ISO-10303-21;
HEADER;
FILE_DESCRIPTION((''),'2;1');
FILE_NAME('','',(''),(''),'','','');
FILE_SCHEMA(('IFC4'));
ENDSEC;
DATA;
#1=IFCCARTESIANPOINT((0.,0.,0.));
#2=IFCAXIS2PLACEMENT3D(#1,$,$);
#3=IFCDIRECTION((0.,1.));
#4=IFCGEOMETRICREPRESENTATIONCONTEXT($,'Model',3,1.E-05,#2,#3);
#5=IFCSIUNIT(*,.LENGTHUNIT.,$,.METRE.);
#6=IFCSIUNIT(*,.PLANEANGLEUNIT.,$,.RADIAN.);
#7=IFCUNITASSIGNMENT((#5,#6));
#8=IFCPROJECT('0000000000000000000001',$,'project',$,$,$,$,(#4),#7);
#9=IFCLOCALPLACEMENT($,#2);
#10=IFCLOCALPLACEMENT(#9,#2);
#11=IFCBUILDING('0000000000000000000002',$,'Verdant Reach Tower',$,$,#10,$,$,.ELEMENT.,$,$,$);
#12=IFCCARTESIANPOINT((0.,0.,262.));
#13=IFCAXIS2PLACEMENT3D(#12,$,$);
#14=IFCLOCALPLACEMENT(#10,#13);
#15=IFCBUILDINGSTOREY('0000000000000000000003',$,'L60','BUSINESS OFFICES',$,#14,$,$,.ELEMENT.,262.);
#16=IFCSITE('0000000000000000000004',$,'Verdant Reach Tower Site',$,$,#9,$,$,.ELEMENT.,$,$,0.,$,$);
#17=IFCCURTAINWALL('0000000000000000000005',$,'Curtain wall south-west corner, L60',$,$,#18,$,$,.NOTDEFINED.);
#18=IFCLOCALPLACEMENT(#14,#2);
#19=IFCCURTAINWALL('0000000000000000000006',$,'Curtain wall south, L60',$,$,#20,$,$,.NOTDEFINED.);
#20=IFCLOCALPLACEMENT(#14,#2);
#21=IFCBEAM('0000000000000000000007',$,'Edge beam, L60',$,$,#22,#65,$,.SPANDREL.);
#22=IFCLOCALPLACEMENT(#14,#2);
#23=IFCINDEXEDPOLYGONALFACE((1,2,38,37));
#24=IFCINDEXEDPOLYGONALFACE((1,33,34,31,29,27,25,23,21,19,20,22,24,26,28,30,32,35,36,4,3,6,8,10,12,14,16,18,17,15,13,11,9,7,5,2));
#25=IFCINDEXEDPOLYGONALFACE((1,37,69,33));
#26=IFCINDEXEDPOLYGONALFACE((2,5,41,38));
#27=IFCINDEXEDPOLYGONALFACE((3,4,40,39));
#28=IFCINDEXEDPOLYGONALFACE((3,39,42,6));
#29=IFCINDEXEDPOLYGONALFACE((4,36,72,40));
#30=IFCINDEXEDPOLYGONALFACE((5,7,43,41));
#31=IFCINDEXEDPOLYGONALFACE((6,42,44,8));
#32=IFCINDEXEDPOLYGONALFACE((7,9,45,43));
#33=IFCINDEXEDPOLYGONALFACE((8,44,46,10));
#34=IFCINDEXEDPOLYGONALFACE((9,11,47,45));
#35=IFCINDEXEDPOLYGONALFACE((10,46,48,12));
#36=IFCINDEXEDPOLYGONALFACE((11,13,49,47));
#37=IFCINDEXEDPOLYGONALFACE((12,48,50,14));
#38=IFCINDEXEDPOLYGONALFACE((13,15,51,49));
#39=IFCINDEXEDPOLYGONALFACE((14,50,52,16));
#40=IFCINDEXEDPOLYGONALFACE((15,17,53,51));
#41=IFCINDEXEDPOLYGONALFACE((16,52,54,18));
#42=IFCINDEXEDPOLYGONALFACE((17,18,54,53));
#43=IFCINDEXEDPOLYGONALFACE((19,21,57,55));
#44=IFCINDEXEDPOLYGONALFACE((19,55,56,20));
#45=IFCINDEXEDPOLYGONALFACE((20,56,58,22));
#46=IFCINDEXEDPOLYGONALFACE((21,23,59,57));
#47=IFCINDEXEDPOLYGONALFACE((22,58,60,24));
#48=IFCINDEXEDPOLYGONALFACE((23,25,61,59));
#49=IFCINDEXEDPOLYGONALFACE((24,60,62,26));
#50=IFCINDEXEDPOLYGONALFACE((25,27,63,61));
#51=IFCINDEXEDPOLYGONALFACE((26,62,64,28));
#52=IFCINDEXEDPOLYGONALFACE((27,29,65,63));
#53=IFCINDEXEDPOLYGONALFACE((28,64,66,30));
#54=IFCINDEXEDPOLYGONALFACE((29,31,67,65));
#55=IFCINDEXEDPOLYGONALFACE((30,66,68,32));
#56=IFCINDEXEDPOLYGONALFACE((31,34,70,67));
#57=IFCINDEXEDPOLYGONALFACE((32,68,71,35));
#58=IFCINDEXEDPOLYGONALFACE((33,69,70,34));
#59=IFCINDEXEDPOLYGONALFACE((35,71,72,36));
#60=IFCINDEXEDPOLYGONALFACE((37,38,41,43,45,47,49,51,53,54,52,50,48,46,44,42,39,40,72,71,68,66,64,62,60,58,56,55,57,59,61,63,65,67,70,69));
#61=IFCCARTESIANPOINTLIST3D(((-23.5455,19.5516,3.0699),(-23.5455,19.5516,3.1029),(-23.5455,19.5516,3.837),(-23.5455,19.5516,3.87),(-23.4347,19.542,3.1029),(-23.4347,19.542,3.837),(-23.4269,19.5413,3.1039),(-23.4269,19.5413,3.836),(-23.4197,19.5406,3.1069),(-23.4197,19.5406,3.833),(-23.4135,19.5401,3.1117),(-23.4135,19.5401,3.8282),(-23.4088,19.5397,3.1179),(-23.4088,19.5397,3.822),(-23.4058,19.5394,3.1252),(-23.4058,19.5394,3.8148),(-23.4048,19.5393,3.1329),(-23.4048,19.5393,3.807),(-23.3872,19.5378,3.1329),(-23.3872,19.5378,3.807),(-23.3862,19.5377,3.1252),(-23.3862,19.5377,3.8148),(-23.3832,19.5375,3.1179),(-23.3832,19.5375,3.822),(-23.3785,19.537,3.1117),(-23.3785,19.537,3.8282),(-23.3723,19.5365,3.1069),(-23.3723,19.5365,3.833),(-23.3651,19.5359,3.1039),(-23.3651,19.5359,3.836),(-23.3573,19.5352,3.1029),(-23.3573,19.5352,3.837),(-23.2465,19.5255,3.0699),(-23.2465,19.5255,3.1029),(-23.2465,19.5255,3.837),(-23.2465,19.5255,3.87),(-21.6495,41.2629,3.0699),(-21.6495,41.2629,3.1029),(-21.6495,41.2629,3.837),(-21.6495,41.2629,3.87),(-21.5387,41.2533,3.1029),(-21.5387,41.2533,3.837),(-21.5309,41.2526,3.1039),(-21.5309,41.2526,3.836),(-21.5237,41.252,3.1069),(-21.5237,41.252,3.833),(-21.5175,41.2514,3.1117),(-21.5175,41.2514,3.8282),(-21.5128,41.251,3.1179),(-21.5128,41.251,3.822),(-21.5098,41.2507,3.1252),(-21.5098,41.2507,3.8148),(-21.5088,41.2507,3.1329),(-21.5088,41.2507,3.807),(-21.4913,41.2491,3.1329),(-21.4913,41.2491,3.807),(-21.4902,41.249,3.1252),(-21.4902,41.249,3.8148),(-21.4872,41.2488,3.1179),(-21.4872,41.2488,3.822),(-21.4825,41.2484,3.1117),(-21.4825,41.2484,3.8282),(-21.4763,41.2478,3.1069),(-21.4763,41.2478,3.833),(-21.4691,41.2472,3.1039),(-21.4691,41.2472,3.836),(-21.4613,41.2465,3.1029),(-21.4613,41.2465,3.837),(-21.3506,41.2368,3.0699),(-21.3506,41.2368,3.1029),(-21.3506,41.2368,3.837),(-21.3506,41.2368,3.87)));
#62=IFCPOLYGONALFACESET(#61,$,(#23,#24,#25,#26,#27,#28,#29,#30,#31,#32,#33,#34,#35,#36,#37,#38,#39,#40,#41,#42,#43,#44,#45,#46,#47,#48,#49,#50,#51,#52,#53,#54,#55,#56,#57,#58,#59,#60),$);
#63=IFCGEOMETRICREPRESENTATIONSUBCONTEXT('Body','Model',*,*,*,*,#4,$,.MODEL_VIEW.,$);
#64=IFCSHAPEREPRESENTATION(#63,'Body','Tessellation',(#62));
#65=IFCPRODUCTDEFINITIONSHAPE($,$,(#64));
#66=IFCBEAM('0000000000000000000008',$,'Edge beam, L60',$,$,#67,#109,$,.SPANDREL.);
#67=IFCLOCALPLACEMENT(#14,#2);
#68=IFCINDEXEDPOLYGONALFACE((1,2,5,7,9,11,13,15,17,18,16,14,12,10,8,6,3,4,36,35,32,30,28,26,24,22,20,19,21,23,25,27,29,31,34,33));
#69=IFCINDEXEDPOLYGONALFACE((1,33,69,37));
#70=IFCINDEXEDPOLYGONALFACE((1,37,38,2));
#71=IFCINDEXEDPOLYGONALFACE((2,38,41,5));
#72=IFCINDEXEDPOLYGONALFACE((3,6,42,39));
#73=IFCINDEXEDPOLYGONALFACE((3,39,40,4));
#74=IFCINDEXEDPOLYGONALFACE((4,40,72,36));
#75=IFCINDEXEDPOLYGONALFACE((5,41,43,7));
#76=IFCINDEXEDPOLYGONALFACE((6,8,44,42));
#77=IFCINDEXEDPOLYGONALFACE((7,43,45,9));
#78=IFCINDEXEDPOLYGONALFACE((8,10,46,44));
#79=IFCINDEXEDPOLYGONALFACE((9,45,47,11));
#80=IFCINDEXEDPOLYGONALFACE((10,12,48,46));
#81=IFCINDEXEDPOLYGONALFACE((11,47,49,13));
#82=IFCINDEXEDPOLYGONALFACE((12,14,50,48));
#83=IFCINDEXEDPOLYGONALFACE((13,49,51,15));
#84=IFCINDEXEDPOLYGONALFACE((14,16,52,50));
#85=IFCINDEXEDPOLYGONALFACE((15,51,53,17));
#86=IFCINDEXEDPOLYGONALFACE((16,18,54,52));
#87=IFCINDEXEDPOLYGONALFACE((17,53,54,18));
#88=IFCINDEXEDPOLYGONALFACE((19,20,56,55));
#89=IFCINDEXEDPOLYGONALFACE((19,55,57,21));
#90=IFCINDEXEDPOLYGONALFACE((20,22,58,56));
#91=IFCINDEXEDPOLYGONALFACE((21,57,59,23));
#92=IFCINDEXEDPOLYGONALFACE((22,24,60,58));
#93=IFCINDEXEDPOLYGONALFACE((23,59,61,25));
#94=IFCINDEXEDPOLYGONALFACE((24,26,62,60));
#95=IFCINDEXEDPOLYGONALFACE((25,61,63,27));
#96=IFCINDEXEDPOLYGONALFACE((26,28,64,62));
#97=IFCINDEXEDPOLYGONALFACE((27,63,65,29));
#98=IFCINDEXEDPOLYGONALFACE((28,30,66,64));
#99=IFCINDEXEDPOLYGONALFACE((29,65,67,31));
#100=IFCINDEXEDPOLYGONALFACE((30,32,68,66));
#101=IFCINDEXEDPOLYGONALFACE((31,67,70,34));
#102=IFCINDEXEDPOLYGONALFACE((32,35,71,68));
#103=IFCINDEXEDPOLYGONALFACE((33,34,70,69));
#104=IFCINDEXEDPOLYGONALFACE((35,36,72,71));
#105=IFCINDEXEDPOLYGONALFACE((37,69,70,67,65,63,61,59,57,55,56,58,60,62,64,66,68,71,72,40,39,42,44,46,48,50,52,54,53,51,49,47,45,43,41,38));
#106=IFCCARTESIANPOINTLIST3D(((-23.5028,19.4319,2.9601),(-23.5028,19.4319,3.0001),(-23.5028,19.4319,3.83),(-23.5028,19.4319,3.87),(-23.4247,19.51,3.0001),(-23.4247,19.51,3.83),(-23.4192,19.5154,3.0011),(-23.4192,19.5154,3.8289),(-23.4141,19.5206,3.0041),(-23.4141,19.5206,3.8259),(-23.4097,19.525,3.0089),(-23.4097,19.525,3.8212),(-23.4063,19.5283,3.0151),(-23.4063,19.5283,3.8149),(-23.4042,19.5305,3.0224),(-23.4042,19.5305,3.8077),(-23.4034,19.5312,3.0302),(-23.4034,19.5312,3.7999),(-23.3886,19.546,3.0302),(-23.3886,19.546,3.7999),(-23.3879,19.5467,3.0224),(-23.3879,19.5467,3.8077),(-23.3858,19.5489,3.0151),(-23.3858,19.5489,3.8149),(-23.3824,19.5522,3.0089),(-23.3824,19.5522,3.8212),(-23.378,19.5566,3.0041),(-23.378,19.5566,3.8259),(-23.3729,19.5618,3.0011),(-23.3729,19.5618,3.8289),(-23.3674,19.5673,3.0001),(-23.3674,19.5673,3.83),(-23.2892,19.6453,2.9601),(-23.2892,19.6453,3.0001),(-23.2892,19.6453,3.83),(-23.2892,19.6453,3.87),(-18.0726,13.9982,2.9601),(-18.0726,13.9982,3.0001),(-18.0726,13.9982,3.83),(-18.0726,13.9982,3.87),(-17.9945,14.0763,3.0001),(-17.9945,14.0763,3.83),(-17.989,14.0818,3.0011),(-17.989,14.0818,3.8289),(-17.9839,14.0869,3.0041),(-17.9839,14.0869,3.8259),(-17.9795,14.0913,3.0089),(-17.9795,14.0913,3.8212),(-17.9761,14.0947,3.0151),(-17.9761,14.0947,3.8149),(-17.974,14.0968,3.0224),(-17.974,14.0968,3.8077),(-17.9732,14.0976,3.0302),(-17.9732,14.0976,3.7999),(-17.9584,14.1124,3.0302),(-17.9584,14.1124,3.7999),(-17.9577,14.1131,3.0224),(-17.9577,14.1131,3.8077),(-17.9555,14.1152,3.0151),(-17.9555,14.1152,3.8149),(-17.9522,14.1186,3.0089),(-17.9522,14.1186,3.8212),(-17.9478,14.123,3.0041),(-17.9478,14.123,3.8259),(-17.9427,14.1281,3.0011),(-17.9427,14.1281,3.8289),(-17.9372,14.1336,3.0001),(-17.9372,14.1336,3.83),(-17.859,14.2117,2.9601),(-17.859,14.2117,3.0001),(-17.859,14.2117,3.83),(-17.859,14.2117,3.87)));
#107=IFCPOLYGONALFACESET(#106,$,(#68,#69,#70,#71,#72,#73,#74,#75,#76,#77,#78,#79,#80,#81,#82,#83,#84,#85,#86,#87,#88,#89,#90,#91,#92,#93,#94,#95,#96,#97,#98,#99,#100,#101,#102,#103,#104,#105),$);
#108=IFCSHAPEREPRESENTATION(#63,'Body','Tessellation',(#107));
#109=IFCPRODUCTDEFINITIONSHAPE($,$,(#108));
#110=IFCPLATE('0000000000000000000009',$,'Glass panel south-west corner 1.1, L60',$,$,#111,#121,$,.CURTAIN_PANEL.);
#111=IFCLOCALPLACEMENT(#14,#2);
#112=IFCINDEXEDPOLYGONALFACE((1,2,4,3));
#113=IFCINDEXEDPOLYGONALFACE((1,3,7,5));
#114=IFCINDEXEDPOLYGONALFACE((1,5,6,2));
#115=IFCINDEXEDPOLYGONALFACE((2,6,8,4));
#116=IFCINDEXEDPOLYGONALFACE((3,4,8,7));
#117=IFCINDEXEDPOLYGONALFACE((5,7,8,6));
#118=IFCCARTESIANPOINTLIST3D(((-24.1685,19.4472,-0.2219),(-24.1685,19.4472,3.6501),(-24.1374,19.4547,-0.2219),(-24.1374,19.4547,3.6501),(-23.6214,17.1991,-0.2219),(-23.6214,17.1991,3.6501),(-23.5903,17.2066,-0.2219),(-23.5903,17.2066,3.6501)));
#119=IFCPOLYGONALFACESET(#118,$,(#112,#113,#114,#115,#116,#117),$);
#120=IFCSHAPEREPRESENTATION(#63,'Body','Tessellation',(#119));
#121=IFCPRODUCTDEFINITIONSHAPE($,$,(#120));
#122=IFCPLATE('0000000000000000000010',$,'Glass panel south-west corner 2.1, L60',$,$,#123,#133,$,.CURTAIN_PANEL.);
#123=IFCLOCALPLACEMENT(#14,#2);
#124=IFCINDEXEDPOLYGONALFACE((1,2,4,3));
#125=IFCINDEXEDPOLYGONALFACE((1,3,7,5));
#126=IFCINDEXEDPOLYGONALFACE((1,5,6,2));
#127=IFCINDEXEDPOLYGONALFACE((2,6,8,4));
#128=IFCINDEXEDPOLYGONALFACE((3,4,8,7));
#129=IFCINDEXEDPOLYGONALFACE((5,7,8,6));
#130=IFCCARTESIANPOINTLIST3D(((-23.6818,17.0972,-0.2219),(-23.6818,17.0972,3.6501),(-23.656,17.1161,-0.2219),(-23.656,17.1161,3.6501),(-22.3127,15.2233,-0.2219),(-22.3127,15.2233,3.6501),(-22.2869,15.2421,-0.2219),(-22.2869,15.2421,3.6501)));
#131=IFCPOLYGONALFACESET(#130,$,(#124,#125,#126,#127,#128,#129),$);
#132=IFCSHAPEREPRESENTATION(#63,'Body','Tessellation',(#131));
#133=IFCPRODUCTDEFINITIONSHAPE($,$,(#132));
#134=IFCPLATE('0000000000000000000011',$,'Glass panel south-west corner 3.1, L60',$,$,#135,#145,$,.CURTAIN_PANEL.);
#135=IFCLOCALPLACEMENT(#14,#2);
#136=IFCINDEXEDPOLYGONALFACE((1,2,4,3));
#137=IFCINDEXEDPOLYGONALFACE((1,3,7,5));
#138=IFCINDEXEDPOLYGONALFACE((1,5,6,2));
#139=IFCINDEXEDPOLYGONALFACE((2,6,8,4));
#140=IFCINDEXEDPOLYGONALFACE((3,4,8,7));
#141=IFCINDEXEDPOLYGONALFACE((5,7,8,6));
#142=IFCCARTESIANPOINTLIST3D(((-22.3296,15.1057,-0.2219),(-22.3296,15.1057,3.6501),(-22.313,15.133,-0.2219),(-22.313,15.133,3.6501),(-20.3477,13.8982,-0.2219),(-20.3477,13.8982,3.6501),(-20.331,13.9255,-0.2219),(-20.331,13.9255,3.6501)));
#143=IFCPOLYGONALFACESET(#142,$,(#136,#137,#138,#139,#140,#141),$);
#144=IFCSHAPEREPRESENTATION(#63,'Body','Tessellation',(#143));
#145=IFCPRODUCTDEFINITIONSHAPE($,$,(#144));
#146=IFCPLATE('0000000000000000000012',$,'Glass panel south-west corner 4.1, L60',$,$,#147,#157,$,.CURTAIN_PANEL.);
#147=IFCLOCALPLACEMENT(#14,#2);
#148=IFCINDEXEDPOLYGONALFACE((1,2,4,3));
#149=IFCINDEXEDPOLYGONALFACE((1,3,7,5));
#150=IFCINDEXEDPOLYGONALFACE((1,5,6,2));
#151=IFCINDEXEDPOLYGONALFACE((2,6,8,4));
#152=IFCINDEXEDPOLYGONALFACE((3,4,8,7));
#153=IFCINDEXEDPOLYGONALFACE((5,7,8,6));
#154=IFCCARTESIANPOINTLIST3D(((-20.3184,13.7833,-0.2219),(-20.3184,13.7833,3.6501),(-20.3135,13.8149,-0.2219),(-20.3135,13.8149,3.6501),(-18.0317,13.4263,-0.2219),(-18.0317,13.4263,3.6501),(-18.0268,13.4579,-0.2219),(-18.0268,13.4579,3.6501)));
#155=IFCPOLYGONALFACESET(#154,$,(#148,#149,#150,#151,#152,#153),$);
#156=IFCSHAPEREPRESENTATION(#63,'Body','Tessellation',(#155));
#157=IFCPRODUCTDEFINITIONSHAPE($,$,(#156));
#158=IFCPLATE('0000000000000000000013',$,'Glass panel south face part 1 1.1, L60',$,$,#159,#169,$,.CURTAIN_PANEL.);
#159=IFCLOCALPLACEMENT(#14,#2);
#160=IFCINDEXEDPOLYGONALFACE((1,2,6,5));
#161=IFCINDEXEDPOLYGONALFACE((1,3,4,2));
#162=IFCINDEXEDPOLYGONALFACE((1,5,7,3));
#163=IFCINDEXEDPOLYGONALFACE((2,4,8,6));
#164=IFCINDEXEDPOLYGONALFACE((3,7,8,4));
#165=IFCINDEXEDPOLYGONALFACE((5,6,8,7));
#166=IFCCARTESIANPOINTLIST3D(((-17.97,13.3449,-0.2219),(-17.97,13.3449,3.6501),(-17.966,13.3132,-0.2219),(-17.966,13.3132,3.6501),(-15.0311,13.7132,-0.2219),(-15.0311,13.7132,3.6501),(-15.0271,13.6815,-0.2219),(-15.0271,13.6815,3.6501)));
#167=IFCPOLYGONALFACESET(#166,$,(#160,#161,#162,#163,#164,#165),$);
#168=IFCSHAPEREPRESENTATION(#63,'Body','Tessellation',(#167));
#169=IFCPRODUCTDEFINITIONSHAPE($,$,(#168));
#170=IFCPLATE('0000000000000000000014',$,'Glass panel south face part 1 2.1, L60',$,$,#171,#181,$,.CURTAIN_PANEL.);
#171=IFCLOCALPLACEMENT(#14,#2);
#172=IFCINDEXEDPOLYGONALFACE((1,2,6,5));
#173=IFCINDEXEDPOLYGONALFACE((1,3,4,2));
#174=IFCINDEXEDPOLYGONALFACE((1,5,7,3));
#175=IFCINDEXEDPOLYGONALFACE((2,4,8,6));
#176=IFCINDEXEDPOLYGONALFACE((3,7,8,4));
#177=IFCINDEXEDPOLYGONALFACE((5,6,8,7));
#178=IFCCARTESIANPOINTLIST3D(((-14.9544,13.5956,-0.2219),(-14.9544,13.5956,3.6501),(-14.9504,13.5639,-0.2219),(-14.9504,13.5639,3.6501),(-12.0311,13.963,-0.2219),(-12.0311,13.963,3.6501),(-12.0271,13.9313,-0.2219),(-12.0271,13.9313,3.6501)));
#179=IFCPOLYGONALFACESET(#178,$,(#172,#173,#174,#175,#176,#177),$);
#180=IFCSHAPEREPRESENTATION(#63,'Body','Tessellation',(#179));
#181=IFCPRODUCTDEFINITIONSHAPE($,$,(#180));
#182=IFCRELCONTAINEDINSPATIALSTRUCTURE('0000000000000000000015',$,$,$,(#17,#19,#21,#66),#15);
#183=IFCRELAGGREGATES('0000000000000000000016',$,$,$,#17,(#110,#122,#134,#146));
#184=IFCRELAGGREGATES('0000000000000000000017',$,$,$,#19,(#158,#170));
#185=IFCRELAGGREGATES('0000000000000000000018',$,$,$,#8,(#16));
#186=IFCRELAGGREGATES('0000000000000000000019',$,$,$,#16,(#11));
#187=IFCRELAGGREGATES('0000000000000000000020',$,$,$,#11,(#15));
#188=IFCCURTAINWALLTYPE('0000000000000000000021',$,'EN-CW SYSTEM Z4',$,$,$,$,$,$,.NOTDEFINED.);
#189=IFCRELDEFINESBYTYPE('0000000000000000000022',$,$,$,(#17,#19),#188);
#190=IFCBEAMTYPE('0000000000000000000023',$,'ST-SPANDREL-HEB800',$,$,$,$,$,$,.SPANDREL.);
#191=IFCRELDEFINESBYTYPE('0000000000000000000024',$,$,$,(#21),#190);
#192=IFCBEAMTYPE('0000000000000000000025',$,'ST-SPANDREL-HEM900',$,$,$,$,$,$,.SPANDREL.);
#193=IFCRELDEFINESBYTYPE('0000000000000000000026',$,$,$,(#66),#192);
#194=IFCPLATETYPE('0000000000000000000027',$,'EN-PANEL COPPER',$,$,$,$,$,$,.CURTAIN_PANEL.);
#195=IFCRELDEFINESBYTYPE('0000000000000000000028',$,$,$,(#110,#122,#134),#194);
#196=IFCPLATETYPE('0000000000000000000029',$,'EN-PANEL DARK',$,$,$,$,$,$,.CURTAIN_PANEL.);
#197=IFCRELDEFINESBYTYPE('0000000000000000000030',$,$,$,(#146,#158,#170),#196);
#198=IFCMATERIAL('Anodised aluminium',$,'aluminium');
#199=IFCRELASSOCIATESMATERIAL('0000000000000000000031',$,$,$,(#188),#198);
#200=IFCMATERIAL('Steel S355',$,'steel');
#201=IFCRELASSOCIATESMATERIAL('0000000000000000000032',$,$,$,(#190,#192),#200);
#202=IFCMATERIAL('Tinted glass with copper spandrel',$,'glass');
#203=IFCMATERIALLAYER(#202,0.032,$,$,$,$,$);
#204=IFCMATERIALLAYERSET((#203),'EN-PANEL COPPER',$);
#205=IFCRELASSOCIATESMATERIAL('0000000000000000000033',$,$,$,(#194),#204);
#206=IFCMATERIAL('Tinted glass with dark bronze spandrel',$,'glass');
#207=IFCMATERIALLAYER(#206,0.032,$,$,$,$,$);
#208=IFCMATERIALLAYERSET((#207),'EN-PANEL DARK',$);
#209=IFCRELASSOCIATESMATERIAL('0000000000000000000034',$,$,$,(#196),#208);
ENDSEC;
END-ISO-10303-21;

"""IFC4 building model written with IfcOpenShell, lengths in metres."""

from ifc_helpers import new_model, si_unit, direction, frame, origin, origin_2d, place, context, subcontext, project, spatial, rectangle, i_section, extrude, material, layer, layer_set, material_profile, profile_set, type_object, element, aggregate, save


model = new_model("IFC4")

# Units and contexts
model_context = context("Model", 3, precision=1e-05, world=origin(), true_north=direction((0.0, 1.0)))
body_context = subcontext(model_context, "Body", "Model", "MODEL_VIEW")
ifc_project = project(units=[si_unit("LENGTHUNIT", "METRE"), si_unit("PLANEANGLEUNIT", "RADIAN")], contexts=[model_context])

# Site, building, storey
site_placement = place(None, origin())
site = spatial("IfcSite", under=ifc_project, at=site_placement, Name="Verdant Reach Tower Site", CompositionType="ELEMENT", RefElevation=0.0)
building_placement = place(site_placement, origin())
building = spatial("IfcBuilding", under=site, at=building_placement, Name="Verdant Reach Tower", CompositionType="ELEMENT")
storey_placement = place(building_placement, frame((0.0, 0.0, 262.0)))
storey = spatial("IfcBuildingStorey", under=building, at=storey_placement, Name="L60", Description="BUSINESS OFFICES", CompositionType="ELEMENT", Elevation=262.0)

# Curtain walls
ifc_material_1 = material(Name="Anodised aluminium", Category="aluminium")
curtain_wall_type = type_object("IfcCurtainWallType", Name="EN-CW SYSTEM Z4", PredefinedType="NOTDEFINED", material=ifc_material_1)
curtain_wall_1_placement = place(storey_placement, origin())
curtain_wall_1 = element("IfcCurtainWall", 1, at=curtain_wall_1_placement, inside=storey, type_object=curtain_wall_type, Name="Curtain wall south-west corner, L60", PredefinedType="NOTDEFINED")
curtain_wall_2_placement = place(storey_placement, origin())
curtain_wall_2 = element("IfcCurtainWall", 2, at=curtain_wall_2_placement, inside=storey, type_object=curtain_wall_type, Name="Curtain wall south, L60", PredefinedType="NOTDEFINED")

# Beams
ifc_material_2 = material(Name="Steel S355", Category="steel")
ifc_material_profile_1 = material_profile(ifc_material_2, i_section(OverallWidth=0.3, OverallDepth=0.8, WebThickness=0.0176, FlangeThickness=0.033, FilletRadius=0.03, at=origin_2d()), Name="HEB 800")
ifc_profile_set_1 = profile_set([ifc_material_profile_1], Name="Steel S355")
beam_type_1 = type_object("IfcBeamType", Name="ST-SPANDREL-HEB800", PredefinedType="SPANDREL", material=ifc_profile_set_1)
beam_1_placement = place(storey_placement, frame((-23.396, 19.5386, 3.47), z_axis=(0.086996, 0.996209, 0.0), x_axis=(-0.996209, 0.086996, 0.0)))
element("IfcBeam", 3, at=beam_1_placement, inside=storey, type_object=beam_type_1, Name="Edge beam, L60", PredefinedType="SPANDREL", context=body_context, shape_type="SweptSolid", body=[
    extrude(i_section(OverallWidth=0.3, OverallDepth=0.8, WebThickness=0.0176, FlangeThickness=0.033, FilletRadius=0.03, at=origin_2d()), origin(), (0.0, 0.0, 1.0), 21.7939),
])
ifc_material_profile_2 = material_profile(ifc_material_2, i_section(OverallWidth=0.302, OverallDepth=0.9099, WebThickness=0.021, FlangeThickness=0.04, FilletRadius=0.03, at=origin_2d()), Name="HEM 900")
ifc_profile_set_2 = profile_set([ifc_material_profile_2], Name="Steel S355")
beam_type_2 = type_object("IfcBeamType", Name="ST-SPANDREL-HEM900", PredefinedType="SPANDREL", material=ifc_profile_set_2)
beam_2_placement = place(storey_placement, frame((-17.9658, 14.105, 3.415), z_axis=(-0.706884, 0.707329, 0.0), x_axis=(-0.707329, -0.706884, 0.0)))
element("IfcBeam", 4, at=beam_2_placement, inside=storey, type_object=beam_type_2, Name="Edge beam, L60", PredefinedType="SPANDREL", context=body_context, shape_type="SweptSolid", body=[
    extrude(i_section(OverallWidth=0.302, OverallDepth=0.9099, WebThickness=0.021, FlangeThickness=0.04, FilletRadius=0.03, at=origin_2d()), origin(), (0.0, 0.0, 1.0), 7.6819),
])

# Plates
ifc_material_3 = material(Name="Tinted glass with copper spandrel", Category="glass")
ifc_layer_1 = layer(ifc_material_3, 0.032)
ifc_layer_set_1 = layer_set([ifc_layer_1], Name="EN-PANEL COPPER")
plate_type_1 = type_object("IfcPlateType", Name="EN-PANEL COPPER", PredefinedType="CURTAIN_PANEL", material=ifc_layer_set_1)
plate_1_placement = place(storey_placement, frame((-23.8794, 18.3269, -0.2219), z_axis=(0.0, 0.0, 1.0), x_axis=(0.236459, -0.971642, 0.0)))
plate_1 = element("IfcPlate", 5, at=plate_1_placement, type_object=plate_type_1, Name="Glass panel south-west corner 1.1, L60", PredefinedType="CURTAIN_PANEL", context=body_context, shape_type="SweptSolid", body=[
    extrude(rectangle(XDim=2.3137, YDim=0.032, at=origin_2d()), origin(), (0.0, 0.0, 1.0), 3.8721),
])
plate_2_placement = place(storey_placement, frame((-22.9844, 16.1697, -0.2219), z_axis=(0.0, 0.0, 1.0), x_axis=(0.589927, -0.807457, 0.0)))
plate_2 = element("IfcPlate", 6, at=plate_2_placement, type_object=plate_type_1, Name="Glass panel south-west corner 2.1, L60", PredefinedType="CURTAIN_PANEL", context=body_context, shape_type="SweptSolid", body=[
    extrude(rectangle(XDim=2.3208, YDim=0.032, at=origin_2d()), origin(), (0.0, 0.0, 1.0), 3.8721),
])
plate_3_placement = place(storey_placement, frame((-21.3303, 14.5156, -0.2219), z_axis=(0.0, 0.0, 1.0), x_axis=(0.853989, -0.520292, 0.0)))
plate_3 = element("IfcPlate", 7, at=plate_3_placement, type_object=plate_type_1, Name="Glass panel south-west corner 3.1, L60", PredefinedType="CURTAIN_PANEL", context=body_context, shape_type="SweptSolid", body=[
    extrude(rectangle(XDim=2.3208, YDim=0.032, at=origin_2d()), origin(), (0.0, 0.0, 1.0), 3.8721),
])
ifc_material_4 = material(Name="Tinted glass with dark bronze spandrel", Category="glass")
ifc_layer_2 = layer(ifc_material_4, 0.032)
ifc_layer_set_2 = layer_set([ifc_layer_2], Name="EN-PANEL DARK")
plate_type_2 = type_object("IfcPlateType", Name="EN-PANEL DARK", PredefinedType="CURTAIN_PANEL", material=ifc_layer_set_2)
plate_4_placement = place(storey_placement, frame((-19.1726, 13.6206, -0.2219), z_axis=(0.0, 0.0, 1.0), x_axis=(0.988027, -0.154279, 0.0)))
plate_4 = element("IfcPlate", 8, at=plate_4_placement, type_object=plate_type_2, Name="Glass panel south-west corner 4.1, L60", PredefinedType="CURTAIN_PANEL", context=body_context, shape_type="SweptSolid", body=[
    extrude(rectangle(XDim=2.3145, YDim=0.032, at=origin_2d()), origin(), (0.0, 0.0, 1.0), 3.8721),
])
aggregate(curtain_wall_1, [plate_1, plate_2, plate_3, plate_4])
plate_5_placement = place(storey_placement, frame((-16.4985, 13.5132, -0.2219), z_axis=(0.0, 0.0, 1.0), x_axis=(0.992239, 0.124346, 0.0)))
plate_5 = element("IfcPlate", 9, at=plate_5_placement, type_object=plate_type_2, Name="Glass panel south face part 1 1.1, L60", PredefinedType="CURTAIN_PANEL", context=body_context, shape_type="SweptSolid", body=[
    extrude(rectangle(XDim=2.9619, YDim=0.032, at=origin_2d()), origin(), (0.0, 0.0, 1.0), 3.8721),
])
plate_6_placement = place(storey_placement, frame((-13.4907, 13.7634, -0.2219), z_axis=(0.0, 0.0, 1.0), x_axis=(0.992194, 0.124704, 0.0)))
plate_6 = element("IfcPlate", 10, at=plate_6_placement, type_object=plate_type_2, Name="Glass panel south face part 1 2.1, L60", PredefinedType="CURTAIN_PANEL", context=body_context, shape_type="SweptSolid", body=[
    extrude(rectangle(XDim=2.9463, YDim=0.032, at=origin_2d()), origin(), (0.0, 0.0, 1.0), 3.8721),
])
aggregate(curtain_wall_2, [plate_5, plate_6])

save(model, "model.ifc")
